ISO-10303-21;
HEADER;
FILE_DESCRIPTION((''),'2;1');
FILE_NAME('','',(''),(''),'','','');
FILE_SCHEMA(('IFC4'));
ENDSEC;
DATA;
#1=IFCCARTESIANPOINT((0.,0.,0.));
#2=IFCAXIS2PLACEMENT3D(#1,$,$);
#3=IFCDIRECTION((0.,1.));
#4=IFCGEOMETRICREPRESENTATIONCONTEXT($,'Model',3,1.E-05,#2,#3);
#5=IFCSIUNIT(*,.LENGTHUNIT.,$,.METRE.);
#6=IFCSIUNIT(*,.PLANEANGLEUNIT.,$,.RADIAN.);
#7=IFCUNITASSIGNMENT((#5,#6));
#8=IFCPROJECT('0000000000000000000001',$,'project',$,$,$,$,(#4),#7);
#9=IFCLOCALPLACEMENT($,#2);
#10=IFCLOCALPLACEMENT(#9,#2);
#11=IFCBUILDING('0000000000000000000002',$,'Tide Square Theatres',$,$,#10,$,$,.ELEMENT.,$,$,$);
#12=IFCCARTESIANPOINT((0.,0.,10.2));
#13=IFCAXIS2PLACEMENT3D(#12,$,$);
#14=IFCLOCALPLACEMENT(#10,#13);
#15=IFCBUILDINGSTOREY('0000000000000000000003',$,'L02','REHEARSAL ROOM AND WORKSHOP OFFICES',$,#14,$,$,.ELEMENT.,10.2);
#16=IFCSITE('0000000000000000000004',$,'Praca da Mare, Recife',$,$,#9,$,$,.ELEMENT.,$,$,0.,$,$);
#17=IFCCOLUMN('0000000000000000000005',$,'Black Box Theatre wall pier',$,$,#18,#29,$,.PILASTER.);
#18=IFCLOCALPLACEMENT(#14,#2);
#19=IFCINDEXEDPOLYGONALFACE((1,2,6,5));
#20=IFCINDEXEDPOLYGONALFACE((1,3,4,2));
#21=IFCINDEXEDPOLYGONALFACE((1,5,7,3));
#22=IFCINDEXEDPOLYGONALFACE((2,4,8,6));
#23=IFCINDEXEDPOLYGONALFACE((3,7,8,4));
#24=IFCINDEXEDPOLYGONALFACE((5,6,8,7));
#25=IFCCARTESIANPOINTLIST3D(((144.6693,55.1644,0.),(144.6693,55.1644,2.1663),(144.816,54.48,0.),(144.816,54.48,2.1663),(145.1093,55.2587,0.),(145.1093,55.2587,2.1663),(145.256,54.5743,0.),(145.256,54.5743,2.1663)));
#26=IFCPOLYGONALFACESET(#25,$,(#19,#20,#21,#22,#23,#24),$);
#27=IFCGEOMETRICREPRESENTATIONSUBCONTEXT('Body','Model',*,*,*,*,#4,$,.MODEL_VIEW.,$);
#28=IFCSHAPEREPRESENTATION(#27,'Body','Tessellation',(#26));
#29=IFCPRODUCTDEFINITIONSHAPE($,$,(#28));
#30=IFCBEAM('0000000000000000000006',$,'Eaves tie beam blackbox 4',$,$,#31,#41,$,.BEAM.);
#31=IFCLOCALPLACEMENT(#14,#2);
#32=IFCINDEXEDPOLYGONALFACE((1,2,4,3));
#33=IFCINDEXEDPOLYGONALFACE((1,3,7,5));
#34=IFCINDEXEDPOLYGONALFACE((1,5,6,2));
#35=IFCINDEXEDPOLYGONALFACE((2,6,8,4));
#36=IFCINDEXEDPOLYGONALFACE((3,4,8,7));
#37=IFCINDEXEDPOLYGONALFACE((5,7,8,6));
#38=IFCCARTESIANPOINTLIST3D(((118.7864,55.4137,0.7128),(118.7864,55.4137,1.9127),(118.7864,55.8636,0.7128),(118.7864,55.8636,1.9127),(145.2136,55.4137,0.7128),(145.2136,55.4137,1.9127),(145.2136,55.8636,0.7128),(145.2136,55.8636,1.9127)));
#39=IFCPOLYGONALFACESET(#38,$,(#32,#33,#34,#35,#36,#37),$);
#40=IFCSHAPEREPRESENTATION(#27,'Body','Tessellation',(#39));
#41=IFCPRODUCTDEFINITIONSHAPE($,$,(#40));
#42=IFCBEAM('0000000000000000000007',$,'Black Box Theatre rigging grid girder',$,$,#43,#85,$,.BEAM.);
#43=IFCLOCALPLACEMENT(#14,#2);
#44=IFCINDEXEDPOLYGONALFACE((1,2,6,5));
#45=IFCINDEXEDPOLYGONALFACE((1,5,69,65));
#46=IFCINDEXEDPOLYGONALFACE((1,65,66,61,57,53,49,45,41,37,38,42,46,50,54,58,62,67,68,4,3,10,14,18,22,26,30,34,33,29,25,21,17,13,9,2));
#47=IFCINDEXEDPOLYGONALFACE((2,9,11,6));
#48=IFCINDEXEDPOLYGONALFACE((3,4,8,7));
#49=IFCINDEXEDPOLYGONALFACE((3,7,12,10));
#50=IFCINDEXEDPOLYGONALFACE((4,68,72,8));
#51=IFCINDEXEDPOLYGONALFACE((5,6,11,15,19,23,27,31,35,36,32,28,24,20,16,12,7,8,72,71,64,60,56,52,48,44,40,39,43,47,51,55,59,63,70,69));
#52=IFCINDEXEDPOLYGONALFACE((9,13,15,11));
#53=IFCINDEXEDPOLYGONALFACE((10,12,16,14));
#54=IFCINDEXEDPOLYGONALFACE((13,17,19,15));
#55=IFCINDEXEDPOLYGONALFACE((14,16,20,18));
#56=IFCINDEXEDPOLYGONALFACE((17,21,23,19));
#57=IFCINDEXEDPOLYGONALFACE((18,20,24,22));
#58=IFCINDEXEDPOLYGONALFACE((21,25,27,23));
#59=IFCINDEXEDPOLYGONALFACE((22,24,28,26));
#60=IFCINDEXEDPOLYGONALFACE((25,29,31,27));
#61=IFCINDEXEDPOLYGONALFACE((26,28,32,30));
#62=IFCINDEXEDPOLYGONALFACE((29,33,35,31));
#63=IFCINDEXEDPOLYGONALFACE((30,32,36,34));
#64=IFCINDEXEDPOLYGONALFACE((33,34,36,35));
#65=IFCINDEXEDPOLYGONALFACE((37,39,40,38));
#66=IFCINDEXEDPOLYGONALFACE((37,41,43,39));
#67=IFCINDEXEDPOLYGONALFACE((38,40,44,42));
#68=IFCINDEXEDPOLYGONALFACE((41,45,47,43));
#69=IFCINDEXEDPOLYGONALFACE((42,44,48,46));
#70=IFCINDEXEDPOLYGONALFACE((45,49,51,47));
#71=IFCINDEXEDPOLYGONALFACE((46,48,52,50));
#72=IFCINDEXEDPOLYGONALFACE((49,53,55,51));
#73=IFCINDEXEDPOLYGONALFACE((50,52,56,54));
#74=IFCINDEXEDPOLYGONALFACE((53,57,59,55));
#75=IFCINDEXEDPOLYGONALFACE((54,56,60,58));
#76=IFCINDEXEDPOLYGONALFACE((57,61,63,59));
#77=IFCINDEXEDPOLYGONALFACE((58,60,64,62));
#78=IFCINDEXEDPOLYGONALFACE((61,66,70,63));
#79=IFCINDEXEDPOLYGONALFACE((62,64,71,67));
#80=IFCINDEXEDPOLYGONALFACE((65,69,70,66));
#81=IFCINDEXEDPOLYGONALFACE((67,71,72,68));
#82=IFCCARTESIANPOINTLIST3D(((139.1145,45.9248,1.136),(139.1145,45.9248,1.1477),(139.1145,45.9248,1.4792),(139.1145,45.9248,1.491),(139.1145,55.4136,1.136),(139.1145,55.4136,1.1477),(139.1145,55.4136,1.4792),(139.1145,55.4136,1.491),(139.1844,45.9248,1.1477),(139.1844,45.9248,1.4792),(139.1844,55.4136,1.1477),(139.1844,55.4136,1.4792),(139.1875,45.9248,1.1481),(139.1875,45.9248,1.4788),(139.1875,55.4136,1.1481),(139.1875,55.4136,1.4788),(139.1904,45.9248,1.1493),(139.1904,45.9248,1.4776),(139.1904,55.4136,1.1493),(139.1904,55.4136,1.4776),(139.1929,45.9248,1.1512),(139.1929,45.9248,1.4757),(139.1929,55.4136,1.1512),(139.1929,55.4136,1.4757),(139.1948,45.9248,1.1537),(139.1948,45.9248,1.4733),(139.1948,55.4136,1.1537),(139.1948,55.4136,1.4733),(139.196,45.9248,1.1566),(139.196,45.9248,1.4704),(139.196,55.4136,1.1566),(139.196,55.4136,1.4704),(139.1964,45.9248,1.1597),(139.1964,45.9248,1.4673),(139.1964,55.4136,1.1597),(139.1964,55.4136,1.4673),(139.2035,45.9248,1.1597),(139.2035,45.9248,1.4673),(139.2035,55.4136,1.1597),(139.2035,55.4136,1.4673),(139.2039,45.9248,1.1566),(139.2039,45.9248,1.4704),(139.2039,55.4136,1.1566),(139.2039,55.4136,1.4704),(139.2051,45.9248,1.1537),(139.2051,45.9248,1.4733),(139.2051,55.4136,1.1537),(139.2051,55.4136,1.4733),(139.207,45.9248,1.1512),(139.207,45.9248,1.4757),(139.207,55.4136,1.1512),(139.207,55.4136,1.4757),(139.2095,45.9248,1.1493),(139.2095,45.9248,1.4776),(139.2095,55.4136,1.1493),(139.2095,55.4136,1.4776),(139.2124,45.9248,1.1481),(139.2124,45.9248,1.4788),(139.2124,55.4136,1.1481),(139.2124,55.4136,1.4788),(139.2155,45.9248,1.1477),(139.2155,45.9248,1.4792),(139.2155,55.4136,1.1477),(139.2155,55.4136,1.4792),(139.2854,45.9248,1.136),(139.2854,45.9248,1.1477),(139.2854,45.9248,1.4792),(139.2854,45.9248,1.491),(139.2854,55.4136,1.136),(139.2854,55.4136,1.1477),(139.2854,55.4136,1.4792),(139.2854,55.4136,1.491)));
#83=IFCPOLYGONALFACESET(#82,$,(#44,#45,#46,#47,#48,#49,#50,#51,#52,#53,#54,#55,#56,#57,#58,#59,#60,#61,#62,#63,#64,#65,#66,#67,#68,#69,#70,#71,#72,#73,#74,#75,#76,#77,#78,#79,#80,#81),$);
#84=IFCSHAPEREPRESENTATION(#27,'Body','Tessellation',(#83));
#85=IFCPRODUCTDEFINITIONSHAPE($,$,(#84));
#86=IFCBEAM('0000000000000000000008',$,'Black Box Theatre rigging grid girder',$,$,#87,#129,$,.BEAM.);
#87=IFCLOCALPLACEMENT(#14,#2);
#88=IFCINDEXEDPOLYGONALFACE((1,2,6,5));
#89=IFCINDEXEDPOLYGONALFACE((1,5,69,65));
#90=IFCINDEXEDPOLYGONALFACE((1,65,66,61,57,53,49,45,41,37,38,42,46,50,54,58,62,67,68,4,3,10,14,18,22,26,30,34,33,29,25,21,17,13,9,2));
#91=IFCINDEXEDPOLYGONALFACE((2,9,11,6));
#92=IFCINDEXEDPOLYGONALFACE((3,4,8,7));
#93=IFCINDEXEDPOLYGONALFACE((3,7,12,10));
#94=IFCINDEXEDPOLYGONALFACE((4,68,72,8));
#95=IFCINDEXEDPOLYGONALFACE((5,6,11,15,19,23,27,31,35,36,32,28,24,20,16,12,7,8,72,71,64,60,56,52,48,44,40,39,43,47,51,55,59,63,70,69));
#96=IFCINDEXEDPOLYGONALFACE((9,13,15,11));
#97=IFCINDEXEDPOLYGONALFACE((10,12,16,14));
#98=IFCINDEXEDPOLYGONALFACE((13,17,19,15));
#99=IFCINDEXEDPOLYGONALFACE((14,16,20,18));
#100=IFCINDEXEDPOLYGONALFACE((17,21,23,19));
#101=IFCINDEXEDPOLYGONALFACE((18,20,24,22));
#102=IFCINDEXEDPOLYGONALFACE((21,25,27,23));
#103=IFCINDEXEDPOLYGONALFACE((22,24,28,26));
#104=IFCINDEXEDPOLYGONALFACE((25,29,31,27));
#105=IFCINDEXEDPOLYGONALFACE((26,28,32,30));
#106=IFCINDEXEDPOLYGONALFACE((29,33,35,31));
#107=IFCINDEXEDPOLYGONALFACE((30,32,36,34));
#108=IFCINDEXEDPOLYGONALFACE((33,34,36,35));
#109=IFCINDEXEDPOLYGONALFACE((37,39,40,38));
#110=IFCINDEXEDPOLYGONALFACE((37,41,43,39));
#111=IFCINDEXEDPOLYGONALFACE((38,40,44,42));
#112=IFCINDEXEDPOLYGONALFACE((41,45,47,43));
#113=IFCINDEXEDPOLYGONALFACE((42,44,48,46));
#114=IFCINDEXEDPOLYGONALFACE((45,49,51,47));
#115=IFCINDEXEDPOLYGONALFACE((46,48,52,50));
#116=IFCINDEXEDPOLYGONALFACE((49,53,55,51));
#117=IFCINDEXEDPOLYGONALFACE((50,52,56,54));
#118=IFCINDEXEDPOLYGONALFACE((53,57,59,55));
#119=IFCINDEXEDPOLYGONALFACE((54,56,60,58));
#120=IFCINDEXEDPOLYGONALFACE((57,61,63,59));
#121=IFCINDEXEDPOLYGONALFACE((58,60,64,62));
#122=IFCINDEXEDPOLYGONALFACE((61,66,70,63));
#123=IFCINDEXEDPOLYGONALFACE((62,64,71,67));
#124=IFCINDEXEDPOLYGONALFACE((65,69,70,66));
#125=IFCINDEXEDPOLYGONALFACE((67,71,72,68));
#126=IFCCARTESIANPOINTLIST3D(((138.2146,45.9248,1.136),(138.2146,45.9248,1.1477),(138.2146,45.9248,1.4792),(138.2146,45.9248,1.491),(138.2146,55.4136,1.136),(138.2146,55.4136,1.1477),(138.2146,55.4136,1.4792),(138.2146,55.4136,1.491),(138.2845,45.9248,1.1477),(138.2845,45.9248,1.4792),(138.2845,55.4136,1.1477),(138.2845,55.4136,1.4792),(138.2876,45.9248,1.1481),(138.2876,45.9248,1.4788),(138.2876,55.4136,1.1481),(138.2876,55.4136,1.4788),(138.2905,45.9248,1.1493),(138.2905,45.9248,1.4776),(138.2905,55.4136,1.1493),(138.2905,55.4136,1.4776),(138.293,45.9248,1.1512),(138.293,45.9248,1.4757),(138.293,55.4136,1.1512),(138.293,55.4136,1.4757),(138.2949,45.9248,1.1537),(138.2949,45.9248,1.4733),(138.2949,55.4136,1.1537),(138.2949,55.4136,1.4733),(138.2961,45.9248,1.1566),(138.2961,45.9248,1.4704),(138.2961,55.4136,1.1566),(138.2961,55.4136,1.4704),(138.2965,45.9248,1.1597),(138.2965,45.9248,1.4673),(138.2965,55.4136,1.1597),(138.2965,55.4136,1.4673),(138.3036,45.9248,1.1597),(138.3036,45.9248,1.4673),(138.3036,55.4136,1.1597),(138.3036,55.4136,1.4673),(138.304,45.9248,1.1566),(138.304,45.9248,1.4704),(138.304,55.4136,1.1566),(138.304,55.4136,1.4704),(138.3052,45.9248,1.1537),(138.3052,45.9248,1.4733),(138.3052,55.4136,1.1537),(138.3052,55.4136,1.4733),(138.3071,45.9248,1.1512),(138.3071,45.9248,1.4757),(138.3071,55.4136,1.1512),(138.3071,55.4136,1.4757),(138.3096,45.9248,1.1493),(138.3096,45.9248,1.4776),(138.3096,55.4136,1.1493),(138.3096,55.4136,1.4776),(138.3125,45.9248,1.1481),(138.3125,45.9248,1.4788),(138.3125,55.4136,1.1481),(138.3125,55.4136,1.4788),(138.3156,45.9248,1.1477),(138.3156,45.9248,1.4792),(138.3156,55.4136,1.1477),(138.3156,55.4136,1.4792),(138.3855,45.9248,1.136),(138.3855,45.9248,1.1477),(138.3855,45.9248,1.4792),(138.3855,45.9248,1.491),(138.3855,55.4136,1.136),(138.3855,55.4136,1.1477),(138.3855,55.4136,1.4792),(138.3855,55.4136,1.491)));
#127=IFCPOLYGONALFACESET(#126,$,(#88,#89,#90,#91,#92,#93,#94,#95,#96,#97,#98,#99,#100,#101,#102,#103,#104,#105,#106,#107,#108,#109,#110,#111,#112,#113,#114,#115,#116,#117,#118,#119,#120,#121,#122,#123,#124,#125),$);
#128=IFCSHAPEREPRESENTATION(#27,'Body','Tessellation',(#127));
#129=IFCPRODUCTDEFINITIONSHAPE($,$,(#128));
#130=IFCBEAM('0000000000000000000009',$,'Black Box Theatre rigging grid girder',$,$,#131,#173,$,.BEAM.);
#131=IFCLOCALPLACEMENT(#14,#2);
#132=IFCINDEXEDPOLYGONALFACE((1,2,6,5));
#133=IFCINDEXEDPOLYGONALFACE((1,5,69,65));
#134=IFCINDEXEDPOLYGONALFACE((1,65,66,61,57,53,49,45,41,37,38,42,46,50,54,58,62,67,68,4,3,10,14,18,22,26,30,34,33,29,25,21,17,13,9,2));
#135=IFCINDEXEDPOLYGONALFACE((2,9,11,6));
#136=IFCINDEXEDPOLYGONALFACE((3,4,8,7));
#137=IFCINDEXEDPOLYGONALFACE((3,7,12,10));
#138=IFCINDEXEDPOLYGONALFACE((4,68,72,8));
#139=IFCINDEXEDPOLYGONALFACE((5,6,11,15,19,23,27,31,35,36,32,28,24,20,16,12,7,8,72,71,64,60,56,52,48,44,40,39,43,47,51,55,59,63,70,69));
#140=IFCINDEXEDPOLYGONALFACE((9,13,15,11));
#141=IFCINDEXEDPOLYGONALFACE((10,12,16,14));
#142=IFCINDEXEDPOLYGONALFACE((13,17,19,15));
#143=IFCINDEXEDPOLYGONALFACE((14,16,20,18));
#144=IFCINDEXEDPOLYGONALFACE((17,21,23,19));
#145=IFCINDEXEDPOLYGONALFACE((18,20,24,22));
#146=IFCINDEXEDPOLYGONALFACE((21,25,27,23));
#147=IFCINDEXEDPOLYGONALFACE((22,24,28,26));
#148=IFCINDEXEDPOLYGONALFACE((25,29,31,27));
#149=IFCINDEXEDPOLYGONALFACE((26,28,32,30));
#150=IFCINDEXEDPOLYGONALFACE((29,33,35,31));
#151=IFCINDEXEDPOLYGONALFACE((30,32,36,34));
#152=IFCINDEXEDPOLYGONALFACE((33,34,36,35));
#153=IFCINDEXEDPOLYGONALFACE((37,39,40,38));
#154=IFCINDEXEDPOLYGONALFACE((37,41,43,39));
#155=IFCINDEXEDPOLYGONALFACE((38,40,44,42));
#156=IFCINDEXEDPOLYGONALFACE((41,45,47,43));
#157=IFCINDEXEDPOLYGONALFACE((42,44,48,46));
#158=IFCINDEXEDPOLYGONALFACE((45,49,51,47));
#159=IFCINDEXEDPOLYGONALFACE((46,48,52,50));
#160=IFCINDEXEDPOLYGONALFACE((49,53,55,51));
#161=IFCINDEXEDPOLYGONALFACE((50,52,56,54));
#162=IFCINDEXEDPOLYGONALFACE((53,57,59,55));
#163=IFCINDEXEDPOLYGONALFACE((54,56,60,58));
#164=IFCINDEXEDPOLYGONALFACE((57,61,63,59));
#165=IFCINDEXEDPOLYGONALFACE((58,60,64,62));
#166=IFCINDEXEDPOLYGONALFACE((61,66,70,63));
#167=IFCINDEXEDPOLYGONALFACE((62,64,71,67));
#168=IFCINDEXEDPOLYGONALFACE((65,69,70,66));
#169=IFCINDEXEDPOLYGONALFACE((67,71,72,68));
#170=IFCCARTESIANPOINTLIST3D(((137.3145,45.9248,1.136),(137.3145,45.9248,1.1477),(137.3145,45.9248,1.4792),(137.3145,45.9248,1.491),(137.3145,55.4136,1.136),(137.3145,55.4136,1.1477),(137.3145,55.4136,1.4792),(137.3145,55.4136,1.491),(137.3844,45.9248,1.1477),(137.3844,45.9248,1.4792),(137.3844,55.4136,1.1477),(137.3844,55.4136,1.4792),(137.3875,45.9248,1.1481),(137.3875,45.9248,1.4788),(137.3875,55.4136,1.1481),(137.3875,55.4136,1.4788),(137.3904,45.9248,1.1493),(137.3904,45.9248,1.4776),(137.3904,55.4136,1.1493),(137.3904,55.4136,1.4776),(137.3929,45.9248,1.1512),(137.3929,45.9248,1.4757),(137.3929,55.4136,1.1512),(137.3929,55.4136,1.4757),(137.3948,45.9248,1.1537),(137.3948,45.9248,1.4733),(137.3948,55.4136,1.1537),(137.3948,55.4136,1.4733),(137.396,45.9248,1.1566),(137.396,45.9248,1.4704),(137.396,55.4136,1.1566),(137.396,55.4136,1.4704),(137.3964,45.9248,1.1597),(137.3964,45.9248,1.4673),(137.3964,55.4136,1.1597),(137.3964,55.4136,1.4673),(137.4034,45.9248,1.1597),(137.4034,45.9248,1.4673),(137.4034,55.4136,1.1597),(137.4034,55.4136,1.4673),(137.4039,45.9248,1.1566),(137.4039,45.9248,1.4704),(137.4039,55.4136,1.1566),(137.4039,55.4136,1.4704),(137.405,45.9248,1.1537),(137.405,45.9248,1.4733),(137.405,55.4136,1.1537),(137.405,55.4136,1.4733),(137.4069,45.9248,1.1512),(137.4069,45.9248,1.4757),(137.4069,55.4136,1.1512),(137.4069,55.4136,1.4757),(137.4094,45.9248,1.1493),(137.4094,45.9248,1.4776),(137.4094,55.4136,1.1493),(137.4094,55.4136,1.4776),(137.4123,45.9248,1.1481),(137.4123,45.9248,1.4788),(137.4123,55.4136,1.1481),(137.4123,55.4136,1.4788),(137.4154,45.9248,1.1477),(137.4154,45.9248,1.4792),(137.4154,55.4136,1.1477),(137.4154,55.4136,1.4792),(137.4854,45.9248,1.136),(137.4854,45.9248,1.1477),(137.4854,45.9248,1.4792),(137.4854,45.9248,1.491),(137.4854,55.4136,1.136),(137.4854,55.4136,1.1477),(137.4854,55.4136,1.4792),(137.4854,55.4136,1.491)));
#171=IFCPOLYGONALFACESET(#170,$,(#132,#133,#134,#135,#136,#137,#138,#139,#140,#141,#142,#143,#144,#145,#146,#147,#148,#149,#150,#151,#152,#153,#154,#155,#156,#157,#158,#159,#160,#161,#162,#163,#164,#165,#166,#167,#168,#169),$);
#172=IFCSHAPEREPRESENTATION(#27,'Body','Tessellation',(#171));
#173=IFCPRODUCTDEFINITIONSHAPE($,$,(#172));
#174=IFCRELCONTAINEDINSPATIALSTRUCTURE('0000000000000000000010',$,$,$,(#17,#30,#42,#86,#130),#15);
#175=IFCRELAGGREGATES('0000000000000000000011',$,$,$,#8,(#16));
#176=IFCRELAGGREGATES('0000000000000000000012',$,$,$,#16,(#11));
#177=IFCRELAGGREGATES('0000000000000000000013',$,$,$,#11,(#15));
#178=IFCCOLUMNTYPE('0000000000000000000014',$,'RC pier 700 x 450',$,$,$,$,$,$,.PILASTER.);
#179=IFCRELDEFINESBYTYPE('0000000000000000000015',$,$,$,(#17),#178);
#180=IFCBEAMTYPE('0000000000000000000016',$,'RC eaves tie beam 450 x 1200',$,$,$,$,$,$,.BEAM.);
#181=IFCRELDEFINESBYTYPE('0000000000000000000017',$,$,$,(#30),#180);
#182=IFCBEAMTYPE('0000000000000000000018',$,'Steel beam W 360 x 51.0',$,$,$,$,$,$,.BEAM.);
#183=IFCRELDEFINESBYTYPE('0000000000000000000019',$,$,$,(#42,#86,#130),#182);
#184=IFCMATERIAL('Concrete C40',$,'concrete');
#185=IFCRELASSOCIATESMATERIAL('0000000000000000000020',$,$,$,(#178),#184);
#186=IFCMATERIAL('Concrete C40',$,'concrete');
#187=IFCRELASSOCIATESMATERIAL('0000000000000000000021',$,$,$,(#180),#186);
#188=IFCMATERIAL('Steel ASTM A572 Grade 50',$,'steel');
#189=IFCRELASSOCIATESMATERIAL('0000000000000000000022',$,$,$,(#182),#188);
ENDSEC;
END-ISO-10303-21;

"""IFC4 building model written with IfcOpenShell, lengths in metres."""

from ifc_helpers import new_model, si_unit, direction, frame, origin, origin_2d, place, context, subcontext, project, spatial, rectangle, i_section, extrude, material, material_profile, profile_set, type_object, element, save


model = new_model("IFC4")

# Units and contexts
model_context = context("Model", 3, precision=1e-05, world=origin(), true_north=direction((0.0, 1.0)))
body_context = subcontext(model_context, "Body", "Model", "MODEL_VIEW")
ifc_project = project(units=[si_unit("LENGTHUNIT", "METRE"), si_unit("PLANEANGLEUNIT", "RADIAN")], contexts=[model_context])

# Site, building, storey
site_placement = place(None, origin())
site = spatial("IfcSite", under=ifc_project, at=site_placement, Name="Praca da Mare, Recife", CompositionType="ELEMENT", RefElevation=0.0)
building_placement = place(site_placement, origin())
building = spatial("IfcBuilding", under=site, at=building_placement, Name="Tide Square Theatres", CompositionType="ELEMENT")
storey_placement = place(building_placement, frame((0.0, 0.0, 10.2)))
storey = spatial("IfcBuildingStorey", under=building, at=storey_placement, Name="L02", Description="REHEARSAL ROOM AND WORKSHOP OFFICES", CompositionType="ELEMENT", Elevation=10.2)

# Column
ifc_material_1 = material(Name="Concrete C40", Category="concrete")
ifc_material_profile_1 = material_profile(ifc_material_1, rectangle(XDim=0.7, YDim=0.45, at=origin_2d()))
ifc_profile_set_1 = profile_set([ifc_material_profile_1], Name="Concrete C40")
column_type = type_object("IfcColumnType", Name="RC pier 700 x 450", PredefinedType="PILASTER", material=ifc_profile_set_1)
column_placement = place(storey_placement, frame((144.9626, 54.8694, 0.0), z_axis=(0.0, 0.0, 1.0), x_axis=(-0.209561, 0.977796, 0.0)))
element("IfcColumn", 1, at=column_placement, inside=storey, type_object=column_type, Name="Black Box Theatre wall pier", PredefinedType="PILASTER", context=body_context, shape_type="SweptSolid", body=[
    extrude(rectangle(XDim=0.7, YDim=0.45, at=origin_2d()), origin(), (0.0, 0.0, 1.0), 2.1663),
])

# Beams
ifc_material_2 = material(Name="Concrete C40", Category="concrete")
ifc_material_profile_2 = material_profile(ifc_material_2, rectangle(XDim=0.45, YDim=1.2, at=origin_2d()))
ifc_profile_set_2 = profile_set([ifc_material_profile_2], Name="Concrete C40")
beam_type_1 = type_object("IfcBeamType", Name="RC eaves tie beam 450 x 1200", PredefinedType="BEAM", material=ifc_profile_set_2)
beam_placement = place(storey_placement, frame((145.2136, 55.6387, 1.3127), z_axis=(-1.0, 0.0, 0.0), x_axis=(0.0, -1.0, 0.0)))
element("IfcBeam", 2, at=beam_placement, inside=storey, type_object=beam_type_1, Name="Eaves tie beam blackbox 4", PredefinedType="BEAM", context=body_context, shape_type="SweptSolid", body=[
    extrude(rectangle(XDim=0.45, YDim=1.2, at=origin_2d()), origin(), (0.0, 0.0, 1.0), 26.4272),
])
ifc_material_3 = material(Name="Steel ASTM A572 Grade 50", Category="steel")
ifc_material_profile_3 = material_profile(ifc_material_3, i_section(OverallWidth=0.1709, OverallDepth=0.355, WebThickness=0.0071, FlangeThickness=0.0117, FilletRadius=0.012, at=origin_2d()))
ifc_profile_set_3 = profile_set([ifc_material_profile_3], Name="Steel ASTM A572 Grade 50")
beam_type_2 = type_object("IfcBeamType", Name="Steel beam W 360 x 51.0", PredefinedType="BEAM", material=ifc_profile_set_3)
for number, where, z_axis, x_axis, name in (
    (3, (139.2, 45.9248, 1.3135), (0.0, 1.0, 0.0), (-1.0, 0.0, 0.0), "Black Box Theatre rigging grid girder"),
    (4, (138.3, 45.9248, 1.3135), (0.0, 1.0, 0.0), (-1.0, 0.0, 0.0), "Black Box Theatre rigging grid girder"),
    (5, (137.3999, 45.9248, 1.3135), (0.0, 1.0, 0.0), (-1.0, 0.0, 0.0), "Black Box Theatre rigging grid girder"),
):
    element("IfcBeam", number, at=place(storey_placement, frame(where, z_axis=z_axis, x_axis=x_axis)), inside=storey, type_object=beam_type_2, Name=name, PredefinedType="BEAM", context=body_context, shape_type="SweptSolid", body=[
        extrude(i_section(OverallWidth=0.1709, OverallDepth=0.355, WebThickness=0.0071, FlangeThickness=0.0117, FilletRadius=0.012, at=origin_2d()), origin(), (0.0, 0.0, 1.0), 9.4888),
    ])

save(model, "model.ifc")
